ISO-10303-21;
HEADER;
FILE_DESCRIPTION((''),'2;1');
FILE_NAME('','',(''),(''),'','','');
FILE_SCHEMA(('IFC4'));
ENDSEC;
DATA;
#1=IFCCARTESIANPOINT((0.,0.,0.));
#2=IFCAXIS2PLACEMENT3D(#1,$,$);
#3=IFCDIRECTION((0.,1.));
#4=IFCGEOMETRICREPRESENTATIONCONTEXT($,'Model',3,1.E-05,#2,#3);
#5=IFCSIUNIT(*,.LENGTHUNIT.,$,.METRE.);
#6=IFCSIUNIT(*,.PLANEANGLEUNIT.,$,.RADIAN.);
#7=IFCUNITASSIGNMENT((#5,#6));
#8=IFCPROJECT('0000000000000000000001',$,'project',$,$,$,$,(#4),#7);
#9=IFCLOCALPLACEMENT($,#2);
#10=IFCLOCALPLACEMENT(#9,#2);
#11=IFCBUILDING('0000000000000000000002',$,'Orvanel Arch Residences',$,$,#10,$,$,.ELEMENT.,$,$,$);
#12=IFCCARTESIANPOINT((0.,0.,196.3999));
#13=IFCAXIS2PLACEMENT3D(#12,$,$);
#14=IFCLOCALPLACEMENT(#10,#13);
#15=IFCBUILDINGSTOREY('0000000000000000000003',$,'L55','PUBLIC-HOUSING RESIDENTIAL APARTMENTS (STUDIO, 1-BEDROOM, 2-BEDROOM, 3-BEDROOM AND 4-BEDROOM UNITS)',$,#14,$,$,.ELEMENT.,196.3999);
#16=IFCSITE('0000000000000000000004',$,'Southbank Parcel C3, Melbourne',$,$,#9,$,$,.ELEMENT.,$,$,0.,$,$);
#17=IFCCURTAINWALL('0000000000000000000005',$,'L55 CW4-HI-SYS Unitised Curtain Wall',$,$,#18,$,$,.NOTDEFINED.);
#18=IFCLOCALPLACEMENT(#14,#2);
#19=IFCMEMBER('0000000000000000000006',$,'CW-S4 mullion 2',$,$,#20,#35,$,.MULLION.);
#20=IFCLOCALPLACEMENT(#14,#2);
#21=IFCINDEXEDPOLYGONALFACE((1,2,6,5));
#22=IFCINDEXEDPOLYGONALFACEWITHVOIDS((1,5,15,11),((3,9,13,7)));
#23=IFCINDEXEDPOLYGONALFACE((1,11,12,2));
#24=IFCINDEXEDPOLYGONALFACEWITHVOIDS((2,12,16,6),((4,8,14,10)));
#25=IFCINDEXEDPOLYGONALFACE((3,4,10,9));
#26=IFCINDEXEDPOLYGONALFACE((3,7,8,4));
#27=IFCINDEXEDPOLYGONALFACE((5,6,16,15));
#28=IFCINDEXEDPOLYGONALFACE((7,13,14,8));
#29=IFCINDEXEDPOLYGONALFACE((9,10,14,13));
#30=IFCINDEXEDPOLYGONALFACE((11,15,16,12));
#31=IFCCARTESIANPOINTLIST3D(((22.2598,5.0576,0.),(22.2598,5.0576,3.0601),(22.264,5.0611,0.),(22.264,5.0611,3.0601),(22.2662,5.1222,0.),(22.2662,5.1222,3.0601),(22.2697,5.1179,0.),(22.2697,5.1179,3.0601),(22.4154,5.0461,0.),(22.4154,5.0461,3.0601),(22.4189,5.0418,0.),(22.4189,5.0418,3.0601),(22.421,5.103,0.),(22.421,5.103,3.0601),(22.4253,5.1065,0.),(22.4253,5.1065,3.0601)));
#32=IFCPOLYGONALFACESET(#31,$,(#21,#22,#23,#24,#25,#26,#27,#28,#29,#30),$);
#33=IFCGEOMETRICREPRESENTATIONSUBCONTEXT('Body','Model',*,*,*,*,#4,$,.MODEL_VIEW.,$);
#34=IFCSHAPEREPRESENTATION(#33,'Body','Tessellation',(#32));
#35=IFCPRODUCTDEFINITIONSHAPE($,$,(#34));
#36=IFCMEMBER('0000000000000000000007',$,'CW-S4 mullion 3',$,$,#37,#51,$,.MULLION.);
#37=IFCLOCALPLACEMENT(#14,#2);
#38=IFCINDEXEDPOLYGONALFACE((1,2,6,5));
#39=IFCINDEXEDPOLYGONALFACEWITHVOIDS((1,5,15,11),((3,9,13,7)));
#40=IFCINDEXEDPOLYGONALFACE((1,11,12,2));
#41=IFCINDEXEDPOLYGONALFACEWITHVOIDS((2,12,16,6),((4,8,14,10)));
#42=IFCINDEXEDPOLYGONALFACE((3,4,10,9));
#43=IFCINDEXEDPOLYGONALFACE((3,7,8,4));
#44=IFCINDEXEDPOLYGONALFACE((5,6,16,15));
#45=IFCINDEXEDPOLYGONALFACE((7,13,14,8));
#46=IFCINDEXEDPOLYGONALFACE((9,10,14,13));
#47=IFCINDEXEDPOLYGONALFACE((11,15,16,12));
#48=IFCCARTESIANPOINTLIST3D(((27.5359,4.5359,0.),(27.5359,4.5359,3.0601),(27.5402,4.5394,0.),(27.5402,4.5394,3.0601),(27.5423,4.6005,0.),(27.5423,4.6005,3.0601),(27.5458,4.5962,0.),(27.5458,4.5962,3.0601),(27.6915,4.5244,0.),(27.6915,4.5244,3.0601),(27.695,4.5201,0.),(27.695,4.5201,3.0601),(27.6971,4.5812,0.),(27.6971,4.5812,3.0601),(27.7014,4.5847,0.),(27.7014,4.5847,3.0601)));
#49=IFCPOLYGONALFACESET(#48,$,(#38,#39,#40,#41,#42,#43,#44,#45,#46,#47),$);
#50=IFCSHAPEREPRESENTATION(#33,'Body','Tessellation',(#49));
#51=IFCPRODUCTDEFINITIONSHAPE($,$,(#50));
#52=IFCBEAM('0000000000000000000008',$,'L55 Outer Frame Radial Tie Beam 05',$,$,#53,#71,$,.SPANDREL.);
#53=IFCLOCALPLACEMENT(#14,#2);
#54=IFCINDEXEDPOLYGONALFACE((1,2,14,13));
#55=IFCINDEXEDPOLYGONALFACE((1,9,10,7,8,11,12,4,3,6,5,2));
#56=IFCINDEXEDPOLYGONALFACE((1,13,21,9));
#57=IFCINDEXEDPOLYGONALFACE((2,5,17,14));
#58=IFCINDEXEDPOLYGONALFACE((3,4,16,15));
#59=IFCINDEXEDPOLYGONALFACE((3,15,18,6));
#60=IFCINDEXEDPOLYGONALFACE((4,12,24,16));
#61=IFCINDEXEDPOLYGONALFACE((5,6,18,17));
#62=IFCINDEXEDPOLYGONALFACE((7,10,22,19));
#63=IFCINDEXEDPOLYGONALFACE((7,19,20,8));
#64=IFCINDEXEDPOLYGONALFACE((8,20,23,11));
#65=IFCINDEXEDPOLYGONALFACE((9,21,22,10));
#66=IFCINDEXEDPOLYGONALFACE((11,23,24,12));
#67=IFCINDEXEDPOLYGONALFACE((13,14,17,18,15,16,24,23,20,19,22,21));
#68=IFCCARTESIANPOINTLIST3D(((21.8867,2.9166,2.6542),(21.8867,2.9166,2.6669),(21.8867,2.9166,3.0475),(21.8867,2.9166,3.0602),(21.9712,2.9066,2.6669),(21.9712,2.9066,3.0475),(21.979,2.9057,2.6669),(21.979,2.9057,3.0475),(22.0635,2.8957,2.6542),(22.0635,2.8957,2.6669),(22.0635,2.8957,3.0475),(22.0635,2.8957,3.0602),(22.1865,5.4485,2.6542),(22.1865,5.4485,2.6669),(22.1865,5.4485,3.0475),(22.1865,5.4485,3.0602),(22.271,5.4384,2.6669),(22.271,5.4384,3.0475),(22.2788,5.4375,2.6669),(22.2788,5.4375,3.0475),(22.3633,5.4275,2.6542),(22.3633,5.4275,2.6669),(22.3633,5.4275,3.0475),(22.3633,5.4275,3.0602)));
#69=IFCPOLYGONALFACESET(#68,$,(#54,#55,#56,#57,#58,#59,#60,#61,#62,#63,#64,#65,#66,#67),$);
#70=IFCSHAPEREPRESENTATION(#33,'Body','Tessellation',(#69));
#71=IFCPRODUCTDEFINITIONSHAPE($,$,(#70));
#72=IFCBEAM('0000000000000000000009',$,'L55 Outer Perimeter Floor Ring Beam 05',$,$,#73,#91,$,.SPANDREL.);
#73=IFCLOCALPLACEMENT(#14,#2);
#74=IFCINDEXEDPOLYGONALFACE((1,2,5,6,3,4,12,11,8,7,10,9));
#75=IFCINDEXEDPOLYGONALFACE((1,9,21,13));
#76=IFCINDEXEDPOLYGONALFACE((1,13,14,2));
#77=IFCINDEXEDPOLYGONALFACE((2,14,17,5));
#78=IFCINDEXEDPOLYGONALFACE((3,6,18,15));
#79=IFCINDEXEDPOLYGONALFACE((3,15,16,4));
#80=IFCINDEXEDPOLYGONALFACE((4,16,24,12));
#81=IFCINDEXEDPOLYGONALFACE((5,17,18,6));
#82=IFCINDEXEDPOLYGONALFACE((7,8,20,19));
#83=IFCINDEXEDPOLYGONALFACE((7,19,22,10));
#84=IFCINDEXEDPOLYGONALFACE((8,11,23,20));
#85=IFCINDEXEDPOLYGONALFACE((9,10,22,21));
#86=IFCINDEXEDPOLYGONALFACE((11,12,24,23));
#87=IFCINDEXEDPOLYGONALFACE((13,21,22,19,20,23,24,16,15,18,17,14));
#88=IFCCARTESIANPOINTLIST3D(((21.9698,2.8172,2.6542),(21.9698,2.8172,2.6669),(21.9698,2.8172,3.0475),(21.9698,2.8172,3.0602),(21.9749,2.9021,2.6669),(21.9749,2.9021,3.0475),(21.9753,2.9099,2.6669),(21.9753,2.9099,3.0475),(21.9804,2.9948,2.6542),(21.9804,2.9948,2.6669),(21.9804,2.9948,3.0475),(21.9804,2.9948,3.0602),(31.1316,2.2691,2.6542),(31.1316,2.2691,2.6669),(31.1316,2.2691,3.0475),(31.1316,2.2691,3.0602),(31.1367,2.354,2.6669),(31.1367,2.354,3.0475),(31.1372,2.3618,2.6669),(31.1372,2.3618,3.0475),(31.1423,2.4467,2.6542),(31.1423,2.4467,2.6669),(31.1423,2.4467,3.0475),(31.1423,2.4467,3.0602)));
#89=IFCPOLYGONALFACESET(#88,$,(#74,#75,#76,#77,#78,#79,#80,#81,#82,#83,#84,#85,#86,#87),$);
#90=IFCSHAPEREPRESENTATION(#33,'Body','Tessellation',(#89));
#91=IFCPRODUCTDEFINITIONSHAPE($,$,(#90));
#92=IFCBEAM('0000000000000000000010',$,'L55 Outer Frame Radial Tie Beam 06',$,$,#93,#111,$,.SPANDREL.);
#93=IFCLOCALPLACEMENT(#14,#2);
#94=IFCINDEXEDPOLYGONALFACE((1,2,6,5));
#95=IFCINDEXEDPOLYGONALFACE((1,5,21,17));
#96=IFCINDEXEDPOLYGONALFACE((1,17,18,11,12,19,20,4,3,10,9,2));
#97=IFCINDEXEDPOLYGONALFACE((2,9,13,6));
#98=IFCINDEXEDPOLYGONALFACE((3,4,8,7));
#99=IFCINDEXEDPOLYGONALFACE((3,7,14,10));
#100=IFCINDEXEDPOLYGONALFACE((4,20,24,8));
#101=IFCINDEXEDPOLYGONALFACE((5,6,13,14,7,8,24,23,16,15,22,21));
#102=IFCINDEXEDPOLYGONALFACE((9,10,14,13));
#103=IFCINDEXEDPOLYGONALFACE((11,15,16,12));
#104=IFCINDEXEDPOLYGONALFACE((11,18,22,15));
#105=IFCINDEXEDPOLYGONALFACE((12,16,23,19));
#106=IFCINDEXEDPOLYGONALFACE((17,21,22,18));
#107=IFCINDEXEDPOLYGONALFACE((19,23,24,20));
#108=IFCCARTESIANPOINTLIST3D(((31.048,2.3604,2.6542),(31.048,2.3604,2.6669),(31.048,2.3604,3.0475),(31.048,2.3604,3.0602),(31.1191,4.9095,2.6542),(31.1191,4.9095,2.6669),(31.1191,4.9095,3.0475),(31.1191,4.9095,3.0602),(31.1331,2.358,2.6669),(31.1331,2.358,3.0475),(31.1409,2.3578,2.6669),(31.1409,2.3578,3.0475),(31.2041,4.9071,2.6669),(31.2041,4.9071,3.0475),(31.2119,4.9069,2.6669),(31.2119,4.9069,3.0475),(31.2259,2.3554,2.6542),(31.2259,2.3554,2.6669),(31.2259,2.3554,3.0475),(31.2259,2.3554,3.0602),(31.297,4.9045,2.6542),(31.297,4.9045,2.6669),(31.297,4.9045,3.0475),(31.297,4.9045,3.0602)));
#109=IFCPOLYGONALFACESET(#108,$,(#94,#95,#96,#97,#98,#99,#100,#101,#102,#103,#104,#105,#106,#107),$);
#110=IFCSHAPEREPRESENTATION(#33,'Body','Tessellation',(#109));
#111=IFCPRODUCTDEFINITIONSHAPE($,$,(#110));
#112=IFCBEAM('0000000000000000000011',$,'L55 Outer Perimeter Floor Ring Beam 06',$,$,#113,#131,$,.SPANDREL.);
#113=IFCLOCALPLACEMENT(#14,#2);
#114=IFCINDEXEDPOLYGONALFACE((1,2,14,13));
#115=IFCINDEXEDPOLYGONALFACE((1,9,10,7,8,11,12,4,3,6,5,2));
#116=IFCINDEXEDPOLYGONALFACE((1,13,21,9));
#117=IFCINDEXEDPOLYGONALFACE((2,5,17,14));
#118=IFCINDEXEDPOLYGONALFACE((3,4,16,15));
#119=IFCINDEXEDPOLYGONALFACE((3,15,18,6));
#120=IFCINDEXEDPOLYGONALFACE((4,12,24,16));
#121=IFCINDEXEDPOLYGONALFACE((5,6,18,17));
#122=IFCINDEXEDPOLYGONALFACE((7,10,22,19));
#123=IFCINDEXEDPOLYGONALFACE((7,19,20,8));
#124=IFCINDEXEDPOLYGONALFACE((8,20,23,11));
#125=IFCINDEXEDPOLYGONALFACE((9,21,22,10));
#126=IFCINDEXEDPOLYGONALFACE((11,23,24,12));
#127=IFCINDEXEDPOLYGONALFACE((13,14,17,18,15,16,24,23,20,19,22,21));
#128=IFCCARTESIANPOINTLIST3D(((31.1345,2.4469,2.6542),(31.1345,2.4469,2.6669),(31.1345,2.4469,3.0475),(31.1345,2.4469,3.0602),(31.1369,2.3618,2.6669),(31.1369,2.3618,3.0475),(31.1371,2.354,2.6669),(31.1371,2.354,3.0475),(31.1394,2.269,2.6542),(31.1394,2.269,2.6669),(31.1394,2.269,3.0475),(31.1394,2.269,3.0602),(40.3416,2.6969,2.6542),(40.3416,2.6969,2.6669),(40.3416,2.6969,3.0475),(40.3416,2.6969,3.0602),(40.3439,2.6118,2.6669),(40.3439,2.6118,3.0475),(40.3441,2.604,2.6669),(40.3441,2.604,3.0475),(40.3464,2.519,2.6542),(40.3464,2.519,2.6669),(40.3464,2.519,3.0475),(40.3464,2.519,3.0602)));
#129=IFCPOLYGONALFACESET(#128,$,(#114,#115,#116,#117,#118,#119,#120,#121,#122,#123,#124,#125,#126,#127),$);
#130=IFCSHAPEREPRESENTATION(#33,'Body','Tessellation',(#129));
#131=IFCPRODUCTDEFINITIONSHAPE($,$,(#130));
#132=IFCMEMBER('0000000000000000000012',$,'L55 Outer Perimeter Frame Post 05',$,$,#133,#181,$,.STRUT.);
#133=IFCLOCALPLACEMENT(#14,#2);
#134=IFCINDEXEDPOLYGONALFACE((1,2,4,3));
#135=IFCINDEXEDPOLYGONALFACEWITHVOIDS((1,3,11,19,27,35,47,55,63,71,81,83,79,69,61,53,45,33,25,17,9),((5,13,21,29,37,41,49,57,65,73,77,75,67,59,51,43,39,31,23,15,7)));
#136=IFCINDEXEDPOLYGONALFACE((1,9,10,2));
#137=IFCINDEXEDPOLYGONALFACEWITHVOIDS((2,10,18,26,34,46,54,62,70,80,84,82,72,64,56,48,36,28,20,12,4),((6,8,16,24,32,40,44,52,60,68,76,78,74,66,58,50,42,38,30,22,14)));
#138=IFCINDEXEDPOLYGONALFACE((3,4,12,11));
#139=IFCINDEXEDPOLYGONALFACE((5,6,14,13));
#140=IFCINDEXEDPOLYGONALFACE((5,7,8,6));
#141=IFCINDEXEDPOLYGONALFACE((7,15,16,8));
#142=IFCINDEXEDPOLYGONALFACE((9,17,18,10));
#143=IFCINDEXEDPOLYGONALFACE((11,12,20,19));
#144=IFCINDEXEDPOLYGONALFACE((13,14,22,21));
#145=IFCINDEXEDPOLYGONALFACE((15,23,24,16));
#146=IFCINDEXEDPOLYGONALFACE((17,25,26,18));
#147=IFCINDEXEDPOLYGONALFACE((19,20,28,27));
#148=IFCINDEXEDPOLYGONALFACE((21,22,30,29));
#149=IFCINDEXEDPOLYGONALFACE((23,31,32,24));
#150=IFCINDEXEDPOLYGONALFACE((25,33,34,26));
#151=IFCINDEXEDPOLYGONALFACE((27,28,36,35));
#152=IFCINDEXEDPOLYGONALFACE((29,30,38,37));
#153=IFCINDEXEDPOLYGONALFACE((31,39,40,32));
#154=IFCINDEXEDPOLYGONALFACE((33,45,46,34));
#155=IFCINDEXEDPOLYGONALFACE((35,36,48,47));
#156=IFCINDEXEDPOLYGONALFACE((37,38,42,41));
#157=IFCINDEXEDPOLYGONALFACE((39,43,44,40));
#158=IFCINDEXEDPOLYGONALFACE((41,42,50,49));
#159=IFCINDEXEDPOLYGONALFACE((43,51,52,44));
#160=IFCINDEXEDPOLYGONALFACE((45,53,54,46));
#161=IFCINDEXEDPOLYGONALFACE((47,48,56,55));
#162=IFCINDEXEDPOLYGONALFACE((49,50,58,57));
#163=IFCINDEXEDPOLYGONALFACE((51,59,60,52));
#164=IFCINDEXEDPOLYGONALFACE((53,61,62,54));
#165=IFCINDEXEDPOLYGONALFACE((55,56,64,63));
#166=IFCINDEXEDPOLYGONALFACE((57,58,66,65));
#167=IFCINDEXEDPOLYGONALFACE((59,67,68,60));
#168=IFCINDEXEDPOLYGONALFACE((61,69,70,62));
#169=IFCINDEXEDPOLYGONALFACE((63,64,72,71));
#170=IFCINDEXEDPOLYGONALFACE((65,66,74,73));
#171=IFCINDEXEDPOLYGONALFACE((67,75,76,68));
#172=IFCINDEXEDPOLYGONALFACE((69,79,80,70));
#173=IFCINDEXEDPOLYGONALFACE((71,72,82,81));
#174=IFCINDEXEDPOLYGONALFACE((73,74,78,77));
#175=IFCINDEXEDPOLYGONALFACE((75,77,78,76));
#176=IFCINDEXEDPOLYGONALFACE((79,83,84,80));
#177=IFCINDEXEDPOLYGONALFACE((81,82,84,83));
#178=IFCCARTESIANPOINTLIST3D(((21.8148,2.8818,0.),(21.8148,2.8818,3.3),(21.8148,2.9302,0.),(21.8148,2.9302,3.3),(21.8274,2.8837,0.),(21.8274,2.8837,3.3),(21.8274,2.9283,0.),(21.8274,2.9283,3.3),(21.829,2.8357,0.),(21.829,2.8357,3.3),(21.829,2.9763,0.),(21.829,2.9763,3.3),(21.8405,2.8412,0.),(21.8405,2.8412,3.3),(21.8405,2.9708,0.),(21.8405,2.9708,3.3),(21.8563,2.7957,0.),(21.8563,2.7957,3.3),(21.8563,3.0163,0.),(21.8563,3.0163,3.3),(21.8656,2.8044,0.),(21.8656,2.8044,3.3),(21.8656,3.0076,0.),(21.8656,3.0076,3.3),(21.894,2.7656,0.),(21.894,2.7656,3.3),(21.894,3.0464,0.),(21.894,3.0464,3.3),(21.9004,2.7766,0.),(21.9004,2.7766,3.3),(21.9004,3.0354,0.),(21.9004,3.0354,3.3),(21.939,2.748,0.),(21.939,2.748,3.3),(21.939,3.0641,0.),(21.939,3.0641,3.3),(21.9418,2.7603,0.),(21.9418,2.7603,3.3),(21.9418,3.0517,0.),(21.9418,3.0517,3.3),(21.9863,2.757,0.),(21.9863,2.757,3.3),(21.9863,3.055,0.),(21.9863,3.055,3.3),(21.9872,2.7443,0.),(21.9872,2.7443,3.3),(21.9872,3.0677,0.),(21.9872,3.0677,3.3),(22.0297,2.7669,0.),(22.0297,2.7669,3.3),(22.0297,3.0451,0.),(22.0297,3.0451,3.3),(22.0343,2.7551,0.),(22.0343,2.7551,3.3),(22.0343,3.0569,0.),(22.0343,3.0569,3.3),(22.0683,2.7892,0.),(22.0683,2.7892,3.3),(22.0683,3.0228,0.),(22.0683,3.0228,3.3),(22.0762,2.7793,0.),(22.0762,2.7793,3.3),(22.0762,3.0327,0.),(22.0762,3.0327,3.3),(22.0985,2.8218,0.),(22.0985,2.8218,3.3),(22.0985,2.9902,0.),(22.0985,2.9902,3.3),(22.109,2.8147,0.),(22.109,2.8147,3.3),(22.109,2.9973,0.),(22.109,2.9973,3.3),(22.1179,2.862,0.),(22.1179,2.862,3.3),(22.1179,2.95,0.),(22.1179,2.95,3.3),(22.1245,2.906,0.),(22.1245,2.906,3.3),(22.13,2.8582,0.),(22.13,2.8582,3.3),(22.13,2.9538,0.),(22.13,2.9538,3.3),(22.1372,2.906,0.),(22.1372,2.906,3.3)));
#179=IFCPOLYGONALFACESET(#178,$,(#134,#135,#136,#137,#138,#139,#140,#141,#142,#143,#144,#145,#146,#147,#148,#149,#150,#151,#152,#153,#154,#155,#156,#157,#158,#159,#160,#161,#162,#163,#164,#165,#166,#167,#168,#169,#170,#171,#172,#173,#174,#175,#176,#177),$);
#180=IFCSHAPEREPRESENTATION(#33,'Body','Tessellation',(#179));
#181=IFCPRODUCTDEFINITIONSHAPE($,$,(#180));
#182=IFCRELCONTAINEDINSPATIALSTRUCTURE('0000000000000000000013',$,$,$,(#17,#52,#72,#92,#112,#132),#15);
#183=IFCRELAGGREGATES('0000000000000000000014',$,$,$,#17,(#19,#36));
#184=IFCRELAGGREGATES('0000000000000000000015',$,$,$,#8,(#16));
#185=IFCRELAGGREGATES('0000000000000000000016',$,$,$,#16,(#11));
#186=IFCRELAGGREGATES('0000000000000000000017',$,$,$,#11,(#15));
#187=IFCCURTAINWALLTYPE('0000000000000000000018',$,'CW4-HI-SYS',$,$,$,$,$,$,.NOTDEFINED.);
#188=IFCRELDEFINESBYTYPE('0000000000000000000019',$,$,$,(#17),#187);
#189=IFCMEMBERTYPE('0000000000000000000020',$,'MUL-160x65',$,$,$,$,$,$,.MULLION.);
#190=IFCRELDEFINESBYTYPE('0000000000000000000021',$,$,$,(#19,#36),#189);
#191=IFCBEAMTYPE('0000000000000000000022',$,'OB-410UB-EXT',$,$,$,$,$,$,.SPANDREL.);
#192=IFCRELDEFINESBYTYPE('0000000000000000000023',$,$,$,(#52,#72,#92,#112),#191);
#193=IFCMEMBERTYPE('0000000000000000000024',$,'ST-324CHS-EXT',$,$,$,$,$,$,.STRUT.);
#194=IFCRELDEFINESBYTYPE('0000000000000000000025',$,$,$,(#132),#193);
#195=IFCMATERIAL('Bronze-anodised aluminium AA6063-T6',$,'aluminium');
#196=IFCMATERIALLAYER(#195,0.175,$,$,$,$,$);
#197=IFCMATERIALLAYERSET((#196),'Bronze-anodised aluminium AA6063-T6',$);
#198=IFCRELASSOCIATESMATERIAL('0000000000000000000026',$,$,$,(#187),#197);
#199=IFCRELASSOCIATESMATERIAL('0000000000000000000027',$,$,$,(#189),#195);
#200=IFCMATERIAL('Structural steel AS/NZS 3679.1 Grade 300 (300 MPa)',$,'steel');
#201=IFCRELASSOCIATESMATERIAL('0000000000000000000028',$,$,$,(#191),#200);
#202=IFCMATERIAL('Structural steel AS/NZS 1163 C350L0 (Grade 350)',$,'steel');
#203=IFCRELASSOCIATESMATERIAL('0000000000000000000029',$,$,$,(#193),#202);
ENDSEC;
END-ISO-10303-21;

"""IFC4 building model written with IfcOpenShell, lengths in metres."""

from ifc_helpers import new_model, si_unit, direction, frame, origin, origin_2d, place, context, subcontext, project, spatial, hollow_rectangle, hollow_circle, i_section, extrude, material, layer, layer_set, material_profile, profile_set, type_object, element, aggregate, save


model = new_model("IFC4")

# Units and contexts
model_context = context("Model", 3, precision=1e-05, world=origin(), true_north=direction((0.0, 1.0)))
body_context = subcontext(model_context, "Body", "Model", "MODEL_VIEW")
ifc_project = project(units=[si_unit("LENGTHUNIT", "METRE"), si_unit("PLANEANGLEUNIT", "RADIAN")], contexts=[model_context])

# Site, building, storey
site_placement = place(None, origin())
site = spatial("IfcSite", under=ifc_project, at=site_placement, Name="Southbank Parcel C3, Melbourne", CompositionType="ELEMENT", RefElevation=0.0)
building_placement = place(site_placement, origin())
building = spatial("IfcBuilding", under=site, at=building_placement, Name="Orvanel Arch Residences", CompositionType="ELEMENT")
storey_placement = place(building_placement, frame((0.0, 0.0, 196.3999)))
storey = spatial("IfcBuildingStorey", under=building, at=storey_placement, Name="L55", Description="PUBLIC-HOUSING RESIDENTIAL APARTMENTS (STUDIO, 1-BEDROOM, 2-BEDROOM, 3-BEDROOM AND 4-BEDROOM UNITS)", CompositionType="ELEMENT", Elevation=196.3999)

# Curtain wall, members
ifc_material_1 = material(Name="Bronze-anodised aluminium AA6063-T6", Category="aluminium")
ifc_layer_1 = layer(ifc_material_1, 0.175)
ifc_layer_set_1 = layer_set([ifc_layer_1], Name="Bronze-anodised aluminium AA6063-T6")
curtain_wall_type = type_object("IfcCurtainWallType", Name="CW4-HI-SYS", PredefinedType="NOTDEFINED", material=ifc_layer_set_1)
curtain_wall_placement = place(storey_placement, origin())
curtain_wall = element("IfcCurtainWall", 1, at=curtain_wall_placement, inside=storey, type_object=curtain_wall_type, Name="L55 CW4-HI-SYS Unitised Curtain Wall", PredefinedType="NOTDEFINED")
ifc_material_profile_1 = material_profile(ifc_material_1, hollow_rectangle(XDim=0.0649, YDim=0.1599, WallThickness=0.0039, at=origin_2d()), Name="ALU160x65x4")
ifc_profile_set_1 = profile_set([ifc_material_profile_1], Name="Bronze-anodised aluminium AA6063-T6")
member_type_1 = type_object("IfcMemberType", Name="MUL-160x65", PredefinedType="MULLION", material=ifc_profile_set_1)
member_1_placement = place(storey_placement, frame((22.3425, 5.082, 0.0), z_axis=(0.0, 0.0, 1.0), x_axis=(0.098418, 0.995145, 0.0)))
member_1 = element("IfcMember", 2, at=member_1_placement, type_object=member_type_1, Name="CW-S4 mullion 2", PredefinedType="MULLION", context=body_context, shape_type="SweptSolid", body=[
    extrude(hollow_rectangle(XDim=0.0649, YDim=0.1599, WallThickness=0.0039, at=origin_2d()), origin(), (0.0, 0.0, 1.0), 3.0601),
])
member_2_placement = place(storey_placement, frame((27.6187, 4.5603, 0.0), z_axis=(0.0, 0.0, 1.0), x_axis=(0.098418, 0.995145, 0.0)))
member_2 = element("IfcMember", 3, at=member_2_placement, type_object=member_type_1, Name="CW-S4 mullion 3", PredefinedType="MULLION", context=body_context, shape_type="SweptSolid", body=[
    extrude(hollow_rectangle(XDim=0.0649, YDim=0.1599, WallThickness=0.0039, at=origin_2d()), origin(), (0.0, 0.0, 1.0), 3.0601),
])

# Beams
ifc_material_2 = material(Name="Structural steel AS/NZS 3679.1 Grade 300 (300 MPa)", Category="steel")
ifc_material_profile_2 = material_profile(ifc_material_2, i_section(OverallWidth=0.178, OverallDepth=0.406, WebThickness=0.0078, FlangeThickness=0.0127, at=origin_2d()), Name="410UB59.7")
ifc_profile_set_2 = profile_set([ifc_material_profile_2], Name="Structural steel AS/NZS 3679.1 Grade 300 (300 MPa)")
beam_type = type_object("IfcBeamType", Name="OB-410UB-EXT", PredefinedType="SPANDREL", material=ifc_profile_set_2)
beam_1_placement = place(storey_placement, frame((22.2749, 5.438, 2.8572), z_axis=(-0.117586, -0.993063, 0.0), x_axis=(0.993063, -0.117586, 0.0)))
element("IfcBeam", 4, at=beam_1_placement, inside=storey, type_object=beam_type, Name="L55 Outer Frame Radial Tie Beam 05", PredefinedType="SPANDREL", context=body_context, shape_type="SweptSolid", body=[
    extrude(i_section(OverallWidth=0.178, OverallDepth=0.406, WebThickness=0.0078, FlangeThickness=0.0127, at=origin_2d()), origin(), (0.0, 0.0, 1.0), 2.5496),
])
beam_2_placement = place(storey_placement, frame((21.9751, 2.906, 2.8572), z_axis=(0.998215, -0.059717, 0.0), x_axis=(0.059717, 0.998215, 0.0)))
element("IfcBeam", 5, at=beam_2_placement, inside=storey, type_object=beam_type, Name="L55 Outer Perimeter Floor Ring Beam 05", PredefinedType="SPANDREL", context=body_context, shape_type="SweptSolid", body=[
    extrude(i_section(OverallWidth=0.178, OverallDepth=0.406, WebThickness=0.0078, FlangeThickness=0.0127, at=origin_2d()), origin(), (0.0, 0.0, 1.0), 9.1782),
])
beam_3_placement = place(storey_placement, frame((31.208, 4.907, 2.8572), z_axis=(-0.02786, -0.999612, 0.0), x_axis=(0.999612, -0.02786, 0.0)))
element("IfcBeam", 6, at=beam_3_placement, inside=storey, type_object=beam_type, Name="L55 Outer Frame Radial Tie Beam 06", PredefinedType="SPANDREL", context=body_context, shape_type="SweptSolid", body=[
    extrude(i_section(OverallWidth=0.178, OverallDepth=0.406, WebThickness=0.0078, FlangeThickness=0.0127, at=origin_2d()), origin(), (0.0, 0.0, 1.0), 2.55),
])
beam_4_placement = place(storey_placement, frame((31.137, 2.3579, 2.8572), z_axis=(0.999632, 0.027143, 0.0), x_axis=(-0.027143, 0.999632, 0.0)))
element("IfcBeam", 7, at=beam_4_placement, inside=storey, type_object=beam_type, Name="L55 Outer Perimeter Floor Ring Beam 06", PredefinedType="SPANDREL", context=body_context, shape_type="SweptSolid", body=[
    extrude(i_section(OverallWidth=0.178, OverallDepth=0.406, WebThickness=0.0078, FlangeThickness=0.0127, at=origin_2d()), origin(), (0.0, 0.0, 1.0), 9.2104),
])

# Member
ifc_material_3 = material(Name="Structural steel AS/NZS 1163 C350L0 (Grade 350)", Category="steel")
ifc_material_profile_3 = material_profile(ifc_material_3, hollow_circle(Radius=0.1621, WallThickness=0.0127, at=origin_2d()), Name="CHS324x12.7")
ifc_profile_set_3 = profile_set([ifc_material_profile_3], Name="Structural steel AS/NZS 1163 C350L0 (Grade 350)")
member_type_2 = type_object("IfcMemberType", Name="ST-324CHS-EXT", PredefinedType="STRUT", material=ifc_profile_set_3)
for number, where, z_axis, x_axis, name in (
    (8, (21.9751, 2.906, 0.0), (0.0, 0.0, 1.0), (1.0, 0.0, 0.0), "L55 Outer Perimeter Frame Post 05"),
):
    element("IfcMember", number, at=place(storey_placement, frame(where, z_axis=z_axis, x_axis=x_axis)), inside=storey, type_object=member_type_2, Name=name, PredefinedType="STRUT", context=body_context, shape_type="SweptSolid", body=[
        extrude(hollow_circle(Radius=0.1621, WallThickness=0.0127, at=origin_2d()), origin(), (0.0, 0.0, 1.0), 3.3),
    ])

aggregate(curtain_wall, [member_1, member_2])

save(model, "model.ifc")
